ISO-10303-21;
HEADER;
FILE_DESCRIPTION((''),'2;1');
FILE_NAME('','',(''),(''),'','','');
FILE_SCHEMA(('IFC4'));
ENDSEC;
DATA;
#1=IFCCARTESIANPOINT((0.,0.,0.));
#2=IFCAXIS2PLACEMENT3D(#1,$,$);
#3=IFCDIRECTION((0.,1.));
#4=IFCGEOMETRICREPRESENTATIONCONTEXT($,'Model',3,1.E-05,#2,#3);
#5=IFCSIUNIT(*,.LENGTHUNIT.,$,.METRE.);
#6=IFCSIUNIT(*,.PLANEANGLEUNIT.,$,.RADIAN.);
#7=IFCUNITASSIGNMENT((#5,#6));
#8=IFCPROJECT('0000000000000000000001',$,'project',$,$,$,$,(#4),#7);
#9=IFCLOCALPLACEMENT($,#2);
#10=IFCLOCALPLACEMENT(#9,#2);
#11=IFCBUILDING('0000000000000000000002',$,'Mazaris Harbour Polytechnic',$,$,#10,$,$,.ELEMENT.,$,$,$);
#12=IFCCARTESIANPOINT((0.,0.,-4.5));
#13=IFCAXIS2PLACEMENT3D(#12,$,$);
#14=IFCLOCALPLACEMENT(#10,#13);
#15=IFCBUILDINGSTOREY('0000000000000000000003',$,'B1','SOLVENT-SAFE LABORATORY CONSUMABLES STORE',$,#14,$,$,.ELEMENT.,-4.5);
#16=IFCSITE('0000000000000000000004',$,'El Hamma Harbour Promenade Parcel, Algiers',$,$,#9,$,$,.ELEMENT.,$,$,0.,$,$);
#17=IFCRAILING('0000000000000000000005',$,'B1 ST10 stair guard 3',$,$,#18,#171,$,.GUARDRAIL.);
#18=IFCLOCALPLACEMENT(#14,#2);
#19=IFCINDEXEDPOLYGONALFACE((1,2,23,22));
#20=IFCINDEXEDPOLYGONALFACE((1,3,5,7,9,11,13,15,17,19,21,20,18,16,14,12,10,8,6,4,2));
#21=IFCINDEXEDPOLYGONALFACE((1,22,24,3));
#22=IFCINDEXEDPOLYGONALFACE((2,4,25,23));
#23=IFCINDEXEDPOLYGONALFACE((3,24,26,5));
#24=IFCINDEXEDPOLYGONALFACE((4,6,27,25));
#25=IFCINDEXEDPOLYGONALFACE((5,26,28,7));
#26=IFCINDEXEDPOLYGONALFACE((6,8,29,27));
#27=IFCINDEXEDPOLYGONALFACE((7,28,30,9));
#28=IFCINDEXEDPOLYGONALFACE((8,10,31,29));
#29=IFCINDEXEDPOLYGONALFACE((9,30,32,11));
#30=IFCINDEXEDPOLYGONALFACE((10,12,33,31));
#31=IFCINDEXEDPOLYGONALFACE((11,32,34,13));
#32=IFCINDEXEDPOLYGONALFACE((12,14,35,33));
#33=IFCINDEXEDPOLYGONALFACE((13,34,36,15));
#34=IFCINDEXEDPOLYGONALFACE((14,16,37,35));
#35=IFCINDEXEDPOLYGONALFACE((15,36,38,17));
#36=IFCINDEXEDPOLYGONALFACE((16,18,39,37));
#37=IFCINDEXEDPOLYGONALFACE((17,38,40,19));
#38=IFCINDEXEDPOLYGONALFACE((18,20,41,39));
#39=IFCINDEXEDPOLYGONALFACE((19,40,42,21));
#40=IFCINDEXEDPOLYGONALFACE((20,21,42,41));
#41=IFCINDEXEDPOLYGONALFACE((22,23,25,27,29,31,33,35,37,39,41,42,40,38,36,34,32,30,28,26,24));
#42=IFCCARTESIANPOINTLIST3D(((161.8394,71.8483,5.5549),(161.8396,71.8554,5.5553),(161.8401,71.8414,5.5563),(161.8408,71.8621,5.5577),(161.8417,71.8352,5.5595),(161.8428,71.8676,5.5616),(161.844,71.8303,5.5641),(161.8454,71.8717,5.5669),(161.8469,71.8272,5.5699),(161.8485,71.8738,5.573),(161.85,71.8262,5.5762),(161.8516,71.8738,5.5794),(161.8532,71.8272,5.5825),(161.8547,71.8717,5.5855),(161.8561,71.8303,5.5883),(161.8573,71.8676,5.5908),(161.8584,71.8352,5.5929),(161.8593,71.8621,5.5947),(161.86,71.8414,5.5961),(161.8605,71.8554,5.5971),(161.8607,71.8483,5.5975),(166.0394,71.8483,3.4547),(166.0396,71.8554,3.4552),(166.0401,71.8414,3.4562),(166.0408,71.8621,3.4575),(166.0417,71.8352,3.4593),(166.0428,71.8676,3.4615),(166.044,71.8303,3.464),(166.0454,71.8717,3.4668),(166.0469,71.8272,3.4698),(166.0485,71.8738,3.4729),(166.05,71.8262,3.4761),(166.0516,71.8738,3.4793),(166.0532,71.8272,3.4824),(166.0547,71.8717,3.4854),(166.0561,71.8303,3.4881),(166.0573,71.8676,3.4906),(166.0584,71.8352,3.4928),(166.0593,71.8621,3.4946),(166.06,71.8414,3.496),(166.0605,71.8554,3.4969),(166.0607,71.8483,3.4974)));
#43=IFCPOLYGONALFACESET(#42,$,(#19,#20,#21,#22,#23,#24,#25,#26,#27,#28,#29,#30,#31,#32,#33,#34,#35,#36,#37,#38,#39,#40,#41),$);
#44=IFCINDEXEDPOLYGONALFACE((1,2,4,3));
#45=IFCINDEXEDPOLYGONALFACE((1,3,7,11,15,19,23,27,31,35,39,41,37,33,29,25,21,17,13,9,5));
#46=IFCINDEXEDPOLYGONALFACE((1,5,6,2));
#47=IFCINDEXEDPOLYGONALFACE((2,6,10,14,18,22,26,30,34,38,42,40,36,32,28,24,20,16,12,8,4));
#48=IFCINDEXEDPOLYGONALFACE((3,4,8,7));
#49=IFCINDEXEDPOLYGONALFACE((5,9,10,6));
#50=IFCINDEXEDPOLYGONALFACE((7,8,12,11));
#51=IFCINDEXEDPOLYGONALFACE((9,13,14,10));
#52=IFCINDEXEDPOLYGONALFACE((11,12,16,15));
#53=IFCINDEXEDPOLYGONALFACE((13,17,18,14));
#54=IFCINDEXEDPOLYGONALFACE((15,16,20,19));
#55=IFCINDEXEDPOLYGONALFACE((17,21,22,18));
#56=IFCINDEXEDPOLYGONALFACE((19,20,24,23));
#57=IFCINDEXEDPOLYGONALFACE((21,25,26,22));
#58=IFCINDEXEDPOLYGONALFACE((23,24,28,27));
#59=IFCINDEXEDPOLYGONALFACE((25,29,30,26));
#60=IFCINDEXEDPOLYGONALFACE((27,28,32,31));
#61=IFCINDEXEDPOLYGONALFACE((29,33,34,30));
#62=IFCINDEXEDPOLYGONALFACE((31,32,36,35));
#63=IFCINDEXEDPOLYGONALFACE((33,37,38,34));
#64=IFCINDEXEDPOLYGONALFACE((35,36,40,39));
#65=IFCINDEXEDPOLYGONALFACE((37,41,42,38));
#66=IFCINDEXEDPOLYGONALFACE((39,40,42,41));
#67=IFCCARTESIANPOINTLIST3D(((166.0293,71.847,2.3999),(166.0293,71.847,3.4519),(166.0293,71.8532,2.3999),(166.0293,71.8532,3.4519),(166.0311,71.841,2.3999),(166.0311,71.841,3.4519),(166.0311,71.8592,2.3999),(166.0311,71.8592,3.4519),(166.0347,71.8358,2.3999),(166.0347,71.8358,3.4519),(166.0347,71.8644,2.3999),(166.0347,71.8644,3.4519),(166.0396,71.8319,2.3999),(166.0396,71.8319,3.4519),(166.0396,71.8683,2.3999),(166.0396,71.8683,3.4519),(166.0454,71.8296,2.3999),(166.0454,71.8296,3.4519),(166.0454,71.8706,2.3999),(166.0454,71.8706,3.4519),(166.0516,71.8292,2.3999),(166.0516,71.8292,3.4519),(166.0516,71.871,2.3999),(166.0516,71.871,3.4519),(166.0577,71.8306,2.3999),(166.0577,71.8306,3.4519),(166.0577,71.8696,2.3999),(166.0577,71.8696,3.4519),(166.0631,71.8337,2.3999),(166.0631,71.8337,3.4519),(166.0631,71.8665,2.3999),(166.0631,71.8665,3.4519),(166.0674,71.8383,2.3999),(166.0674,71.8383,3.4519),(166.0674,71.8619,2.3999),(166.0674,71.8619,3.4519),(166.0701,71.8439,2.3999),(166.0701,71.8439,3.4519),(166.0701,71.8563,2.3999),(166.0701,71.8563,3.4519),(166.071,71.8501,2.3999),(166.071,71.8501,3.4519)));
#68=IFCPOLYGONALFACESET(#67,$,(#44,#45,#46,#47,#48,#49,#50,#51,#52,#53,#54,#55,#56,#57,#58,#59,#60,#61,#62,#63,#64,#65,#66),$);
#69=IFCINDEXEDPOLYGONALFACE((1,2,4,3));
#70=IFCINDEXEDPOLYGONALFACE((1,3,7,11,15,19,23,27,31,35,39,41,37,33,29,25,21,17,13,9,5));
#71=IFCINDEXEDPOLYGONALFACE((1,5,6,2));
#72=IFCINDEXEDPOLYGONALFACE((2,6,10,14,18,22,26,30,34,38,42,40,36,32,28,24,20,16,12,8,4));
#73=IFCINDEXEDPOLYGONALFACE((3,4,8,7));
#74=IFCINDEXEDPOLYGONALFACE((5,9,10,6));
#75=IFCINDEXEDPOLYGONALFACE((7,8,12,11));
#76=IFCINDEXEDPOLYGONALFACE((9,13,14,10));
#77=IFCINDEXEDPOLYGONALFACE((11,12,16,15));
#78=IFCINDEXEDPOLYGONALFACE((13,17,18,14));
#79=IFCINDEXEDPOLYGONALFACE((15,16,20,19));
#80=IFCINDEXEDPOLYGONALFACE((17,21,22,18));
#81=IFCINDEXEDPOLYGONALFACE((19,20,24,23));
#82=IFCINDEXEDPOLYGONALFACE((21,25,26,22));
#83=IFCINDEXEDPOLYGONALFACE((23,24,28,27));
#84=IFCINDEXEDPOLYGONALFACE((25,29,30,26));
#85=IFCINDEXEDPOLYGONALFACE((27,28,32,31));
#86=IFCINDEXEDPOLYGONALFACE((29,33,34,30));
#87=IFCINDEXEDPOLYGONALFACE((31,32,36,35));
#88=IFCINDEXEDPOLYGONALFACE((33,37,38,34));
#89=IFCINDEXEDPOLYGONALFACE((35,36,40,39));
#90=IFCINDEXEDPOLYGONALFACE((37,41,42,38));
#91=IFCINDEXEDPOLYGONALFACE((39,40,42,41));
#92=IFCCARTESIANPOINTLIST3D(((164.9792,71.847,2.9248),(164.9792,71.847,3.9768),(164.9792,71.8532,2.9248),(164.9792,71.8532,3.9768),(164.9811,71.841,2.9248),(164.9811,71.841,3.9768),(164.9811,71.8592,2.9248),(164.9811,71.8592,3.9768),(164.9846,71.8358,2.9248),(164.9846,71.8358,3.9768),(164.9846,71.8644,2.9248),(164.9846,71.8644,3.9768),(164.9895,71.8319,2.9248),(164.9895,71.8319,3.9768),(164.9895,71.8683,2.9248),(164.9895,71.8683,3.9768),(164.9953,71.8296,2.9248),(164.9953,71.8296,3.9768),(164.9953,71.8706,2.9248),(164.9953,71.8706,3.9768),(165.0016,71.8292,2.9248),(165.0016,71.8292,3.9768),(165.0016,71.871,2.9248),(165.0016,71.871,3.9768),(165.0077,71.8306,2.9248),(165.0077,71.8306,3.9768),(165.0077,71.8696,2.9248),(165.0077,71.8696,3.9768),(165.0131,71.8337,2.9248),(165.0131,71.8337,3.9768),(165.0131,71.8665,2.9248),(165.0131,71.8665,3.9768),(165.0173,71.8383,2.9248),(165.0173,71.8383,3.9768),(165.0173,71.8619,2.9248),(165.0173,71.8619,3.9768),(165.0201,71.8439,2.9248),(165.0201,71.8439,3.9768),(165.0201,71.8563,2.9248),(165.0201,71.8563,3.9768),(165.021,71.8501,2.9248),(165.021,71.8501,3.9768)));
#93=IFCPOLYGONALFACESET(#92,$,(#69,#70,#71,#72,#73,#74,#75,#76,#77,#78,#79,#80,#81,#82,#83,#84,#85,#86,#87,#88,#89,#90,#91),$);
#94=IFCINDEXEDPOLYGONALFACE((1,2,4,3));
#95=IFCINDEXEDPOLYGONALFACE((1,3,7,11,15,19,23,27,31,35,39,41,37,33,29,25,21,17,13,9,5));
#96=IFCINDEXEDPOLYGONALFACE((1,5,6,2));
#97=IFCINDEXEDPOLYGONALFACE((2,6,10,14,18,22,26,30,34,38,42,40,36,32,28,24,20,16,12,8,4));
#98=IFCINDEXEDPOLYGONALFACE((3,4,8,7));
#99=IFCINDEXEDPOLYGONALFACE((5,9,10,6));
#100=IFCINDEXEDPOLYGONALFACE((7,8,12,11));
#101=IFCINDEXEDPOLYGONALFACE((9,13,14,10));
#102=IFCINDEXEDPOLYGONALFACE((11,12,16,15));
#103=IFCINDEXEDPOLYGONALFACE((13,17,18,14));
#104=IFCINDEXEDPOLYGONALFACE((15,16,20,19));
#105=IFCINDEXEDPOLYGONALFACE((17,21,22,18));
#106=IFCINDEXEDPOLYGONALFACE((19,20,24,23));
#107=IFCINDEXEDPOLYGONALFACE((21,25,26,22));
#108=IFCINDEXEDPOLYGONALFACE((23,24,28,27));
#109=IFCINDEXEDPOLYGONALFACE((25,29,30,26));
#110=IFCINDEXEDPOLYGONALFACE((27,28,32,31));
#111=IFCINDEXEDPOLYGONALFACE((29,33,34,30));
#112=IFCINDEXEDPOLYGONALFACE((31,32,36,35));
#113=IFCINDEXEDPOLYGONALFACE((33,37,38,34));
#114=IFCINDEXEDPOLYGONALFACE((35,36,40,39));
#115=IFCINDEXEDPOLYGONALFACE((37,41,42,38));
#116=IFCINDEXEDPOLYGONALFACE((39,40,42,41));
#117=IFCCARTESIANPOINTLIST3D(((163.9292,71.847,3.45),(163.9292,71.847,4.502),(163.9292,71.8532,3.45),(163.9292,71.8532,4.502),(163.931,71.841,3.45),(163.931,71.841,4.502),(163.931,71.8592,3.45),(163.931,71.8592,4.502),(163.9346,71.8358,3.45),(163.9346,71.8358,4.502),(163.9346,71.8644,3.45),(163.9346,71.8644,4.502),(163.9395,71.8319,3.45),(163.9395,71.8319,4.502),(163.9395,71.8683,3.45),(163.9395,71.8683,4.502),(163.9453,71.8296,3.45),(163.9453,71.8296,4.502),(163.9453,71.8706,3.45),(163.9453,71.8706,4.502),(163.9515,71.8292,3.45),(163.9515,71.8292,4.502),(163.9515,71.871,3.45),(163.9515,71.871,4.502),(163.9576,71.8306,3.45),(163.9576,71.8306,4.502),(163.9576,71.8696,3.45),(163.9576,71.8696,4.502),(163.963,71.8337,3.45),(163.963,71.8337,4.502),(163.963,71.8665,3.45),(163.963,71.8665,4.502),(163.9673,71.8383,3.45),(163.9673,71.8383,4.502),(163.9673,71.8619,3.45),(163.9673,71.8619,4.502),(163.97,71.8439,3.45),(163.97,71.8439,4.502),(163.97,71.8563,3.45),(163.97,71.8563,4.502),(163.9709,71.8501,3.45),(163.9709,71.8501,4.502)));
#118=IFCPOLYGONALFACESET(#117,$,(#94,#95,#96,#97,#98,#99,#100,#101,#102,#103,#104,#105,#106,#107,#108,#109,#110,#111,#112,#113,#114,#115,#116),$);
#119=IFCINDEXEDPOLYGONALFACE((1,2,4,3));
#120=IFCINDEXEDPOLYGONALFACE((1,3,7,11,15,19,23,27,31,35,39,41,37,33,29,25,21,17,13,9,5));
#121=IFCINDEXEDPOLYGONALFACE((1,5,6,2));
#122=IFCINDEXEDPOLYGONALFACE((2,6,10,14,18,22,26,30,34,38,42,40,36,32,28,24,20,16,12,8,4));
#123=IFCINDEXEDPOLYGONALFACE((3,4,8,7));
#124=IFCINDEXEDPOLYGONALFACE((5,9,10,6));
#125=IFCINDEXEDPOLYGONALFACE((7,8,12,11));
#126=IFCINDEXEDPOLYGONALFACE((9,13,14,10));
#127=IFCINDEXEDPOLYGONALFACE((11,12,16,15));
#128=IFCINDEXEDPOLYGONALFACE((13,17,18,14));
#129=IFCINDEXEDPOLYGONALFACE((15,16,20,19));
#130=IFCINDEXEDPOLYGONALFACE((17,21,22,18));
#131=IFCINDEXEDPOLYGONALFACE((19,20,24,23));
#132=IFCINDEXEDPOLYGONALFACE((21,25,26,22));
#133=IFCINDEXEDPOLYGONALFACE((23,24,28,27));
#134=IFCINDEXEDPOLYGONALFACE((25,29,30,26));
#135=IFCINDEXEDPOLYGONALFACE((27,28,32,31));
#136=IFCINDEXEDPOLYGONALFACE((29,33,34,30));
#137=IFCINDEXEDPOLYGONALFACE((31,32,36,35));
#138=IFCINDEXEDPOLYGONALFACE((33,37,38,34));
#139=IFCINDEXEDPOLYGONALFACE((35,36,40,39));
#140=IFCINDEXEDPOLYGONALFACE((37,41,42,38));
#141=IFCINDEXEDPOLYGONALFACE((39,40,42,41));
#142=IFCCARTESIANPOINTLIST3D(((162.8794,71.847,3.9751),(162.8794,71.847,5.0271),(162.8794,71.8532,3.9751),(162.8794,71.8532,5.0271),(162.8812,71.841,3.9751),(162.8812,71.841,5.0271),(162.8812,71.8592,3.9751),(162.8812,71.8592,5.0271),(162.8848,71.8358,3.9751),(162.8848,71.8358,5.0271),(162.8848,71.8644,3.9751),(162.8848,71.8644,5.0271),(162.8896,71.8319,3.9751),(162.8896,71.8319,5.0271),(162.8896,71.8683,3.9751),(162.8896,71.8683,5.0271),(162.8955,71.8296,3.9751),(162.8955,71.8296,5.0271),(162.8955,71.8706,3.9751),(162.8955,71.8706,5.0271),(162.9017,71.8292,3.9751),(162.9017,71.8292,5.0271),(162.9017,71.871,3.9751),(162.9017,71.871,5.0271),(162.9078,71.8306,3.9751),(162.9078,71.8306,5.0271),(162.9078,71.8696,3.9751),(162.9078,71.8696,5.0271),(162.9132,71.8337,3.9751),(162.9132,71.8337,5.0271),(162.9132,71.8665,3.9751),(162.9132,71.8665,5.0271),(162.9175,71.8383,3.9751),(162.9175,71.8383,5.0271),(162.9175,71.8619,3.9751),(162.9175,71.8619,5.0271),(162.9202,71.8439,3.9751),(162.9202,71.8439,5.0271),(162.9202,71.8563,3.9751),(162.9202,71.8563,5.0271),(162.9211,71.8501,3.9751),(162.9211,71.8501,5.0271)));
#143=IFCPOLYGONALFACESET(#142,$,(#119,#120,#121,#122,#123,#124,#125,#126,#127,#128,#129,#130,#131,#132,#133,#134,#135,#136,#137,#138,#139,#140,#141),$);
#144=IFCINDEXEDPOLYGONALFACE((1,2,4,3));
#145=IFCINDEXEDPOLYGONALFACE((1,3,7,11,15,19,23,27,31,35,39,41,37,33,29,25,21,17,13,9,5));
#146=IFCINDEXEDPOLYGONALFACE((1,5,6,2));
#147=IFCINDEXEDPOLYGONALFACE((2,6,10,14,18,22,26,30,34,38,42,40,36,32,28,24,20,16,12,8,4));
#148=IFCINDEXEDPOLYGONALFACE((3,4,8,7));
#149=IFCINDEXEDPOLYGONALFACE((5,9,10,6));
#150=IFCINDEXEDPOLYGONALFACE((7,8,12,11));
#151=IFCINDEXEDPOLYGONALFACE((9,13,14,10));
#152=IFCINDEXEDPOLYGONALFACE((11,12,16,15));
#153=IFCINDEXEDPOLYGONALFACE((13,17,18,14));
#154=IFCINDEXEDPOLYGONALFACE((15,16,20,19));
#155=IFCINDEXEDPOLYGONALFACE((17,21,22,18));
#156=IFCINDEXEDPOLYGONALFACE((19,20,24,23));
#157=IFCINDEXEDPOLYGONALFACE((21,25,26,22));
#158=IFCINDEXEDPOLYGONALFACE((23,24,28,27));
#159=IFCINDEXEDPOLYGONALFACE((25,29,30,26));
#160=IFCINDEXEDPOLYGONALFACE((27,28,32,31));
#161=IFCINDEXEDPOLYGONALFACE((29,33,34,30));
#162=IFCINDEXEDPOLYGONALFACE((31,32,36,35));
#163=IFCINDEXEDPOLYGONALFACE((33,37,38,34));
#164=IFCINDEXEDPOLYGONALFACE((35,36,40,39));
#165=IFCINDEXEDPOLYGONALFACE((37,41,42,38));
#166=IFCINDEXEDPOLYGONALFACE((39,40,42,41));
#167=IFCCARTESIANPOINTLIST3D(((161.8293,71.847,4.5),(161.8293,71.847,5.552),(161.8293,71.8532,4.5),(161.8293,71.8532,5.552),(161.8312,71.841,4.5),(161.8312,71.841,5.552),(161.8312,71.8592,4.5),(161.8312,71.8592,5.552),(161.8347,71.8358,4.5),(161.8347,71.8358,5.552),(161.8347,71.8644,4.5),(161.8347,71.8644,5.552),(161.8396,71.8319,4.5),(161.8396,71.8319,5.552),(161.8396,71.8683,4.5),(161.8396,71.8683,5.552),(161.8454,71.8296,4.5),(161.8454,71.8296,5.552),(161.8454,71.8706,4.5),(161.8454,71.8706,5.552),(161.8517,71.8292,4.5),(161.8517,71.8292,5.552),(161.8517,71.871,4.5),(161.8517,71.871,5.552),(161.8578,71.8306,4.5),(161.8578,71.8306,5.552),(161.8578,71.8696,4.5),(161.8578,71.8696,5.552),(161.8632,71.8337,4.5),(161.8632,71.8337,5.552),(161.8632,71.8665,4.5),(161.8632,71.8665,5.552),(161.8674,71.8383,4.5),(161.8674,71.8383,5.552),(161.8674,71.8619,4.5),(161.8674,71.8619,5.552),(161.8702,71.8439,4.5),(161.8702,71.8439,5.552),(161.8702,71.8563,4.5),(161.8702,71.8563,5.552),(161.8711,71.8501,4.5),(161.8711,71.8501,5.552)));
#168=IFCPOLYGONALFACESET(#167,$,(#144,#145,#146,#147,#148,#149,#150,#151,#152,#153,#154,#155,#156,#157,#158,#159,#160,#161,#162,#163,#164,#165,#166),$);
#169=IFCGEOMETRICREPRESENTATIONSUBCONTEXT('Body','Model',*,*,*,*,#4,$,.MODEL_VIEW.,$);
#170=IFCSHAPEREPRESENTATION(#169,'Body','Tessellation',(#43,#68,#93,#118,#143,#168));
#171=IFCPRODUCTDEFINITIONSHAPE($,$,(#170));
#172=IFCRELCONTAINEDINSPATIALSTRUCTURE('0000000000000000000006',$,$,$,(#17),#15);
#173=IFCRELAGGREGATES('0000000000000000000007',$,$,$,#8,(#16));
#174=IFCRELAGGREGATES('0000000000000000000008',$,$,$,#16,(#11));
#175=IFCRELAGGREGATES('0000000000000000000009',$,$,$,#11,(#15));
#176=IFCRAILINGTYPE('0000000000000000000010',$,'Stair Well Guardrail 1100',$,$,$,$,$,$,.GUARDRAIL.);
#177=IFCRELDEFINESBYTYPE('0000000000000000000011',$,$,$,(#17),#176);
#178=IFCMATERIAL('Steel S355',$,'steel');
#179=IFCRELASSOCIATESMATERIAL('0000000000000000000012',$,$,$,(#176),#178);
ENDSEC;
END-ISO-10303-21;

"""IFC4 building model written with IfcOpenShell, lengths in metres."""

from ifc_helpers import new_model, si_unit, direction, frame, origin, origin_2d, place, context, subcontext, project, spatial, circle, extrude, material, type_object, element, save


model = new_model("IFC4")

# Units and contexts
model_context = context("Model", 3, precision=1e-05, world=origin(), true_north=direction((0.0, 1.0)))
body_context = subcontext(model_context, "Body", "Model", "MODEL_VIEW")
ifc_project = project(units=[si_unit("LENGTHUNIT", "METRE"), si_unit("PLANEANGLEUNIT", "RADIAN")], contexts=[model_context])

# Site, building, storey
site_placement = place(None, origin())
site = spatial("IfcSite", under=ifc_project, at=site_placement, Name="El Hamma Harbour Promenade Parcel, Algiers", CompositionType="ELEMENT", RefElevation=0.0)
building_placement = place(site_placement, origin())
building = spatial("IfcBuilding", under=site, at=building_placement, Name="Mazaris Harbour Polytechnic", CompositionType="ELEMENT")
storey_placement = place(building_placement, frame((0.0, 0.0, -4.5)))
storey = spatial("IfcBuildingStorey", under=building, at=storey_placement, Name="B1", Description="SOLVENT-SAFE LABORATORY CONSUMABLES STORE", CompositionType="ELEMENT", Elevation=-4.5)

# Railing
ifc_material_1 = material(Name="Steel S355", Category="steel")
railing_type_1 = type_object("IfcRailingType", Name="Stair Well Guardrail 1100", PredefinedType="GUARDRAIL", material=ifc_material_1)
railing_1_placement = place(storey_placement, frame((166.05, 71.8501, 2.3999)))
element("IfcRailing", 1, at=railing_1_placement, inside=storey, type_object=railing_type_1, Name="B1 ST10 stair guard 3", PredefinedType="GUARDRAIL", context=body_context, shape_type="SweptSolid", body=[
    extrude(circle(Radius=0.0239, at=origin_2d()), frame((0.0, 0.0, 1.0762), z_axis=(-0.894417, 0.0, 0.447234), x_axis=(0.0, -1.0, 0.0)), (0.0, 0.0, 1.0), 4.6958),
    extrude(circle(Radius=0.021, at=origin_2d()), origin(), (0.0, 0.0, 1.0), 1.052),
    extrude(circle(Radius=0.021, at=origin_2d()), frame((-1.05, 0.0, 0.5249)), (0.0, 0.0, 1.0), 1.052),
    extrude(circle(Radius=0.021, at=origin_2d()), frame((-2.1001, 0.0, 1.05)), (0.0, 0.0, 1.0), 1.052),
    extrude(circle(Radius=0.021, at=origin_2d()), frame((-3.1499, 0.0, 1.5752)), (0.0, 0.0, 1.0), 1.052),
    extrude(circle(Radius=0.021, at=origin_2d()), frame((-4.2, 0.0, 2.1001)), (0.0, 0.0, 1.0), 1.052),
])

save(model, "model.ifc")
